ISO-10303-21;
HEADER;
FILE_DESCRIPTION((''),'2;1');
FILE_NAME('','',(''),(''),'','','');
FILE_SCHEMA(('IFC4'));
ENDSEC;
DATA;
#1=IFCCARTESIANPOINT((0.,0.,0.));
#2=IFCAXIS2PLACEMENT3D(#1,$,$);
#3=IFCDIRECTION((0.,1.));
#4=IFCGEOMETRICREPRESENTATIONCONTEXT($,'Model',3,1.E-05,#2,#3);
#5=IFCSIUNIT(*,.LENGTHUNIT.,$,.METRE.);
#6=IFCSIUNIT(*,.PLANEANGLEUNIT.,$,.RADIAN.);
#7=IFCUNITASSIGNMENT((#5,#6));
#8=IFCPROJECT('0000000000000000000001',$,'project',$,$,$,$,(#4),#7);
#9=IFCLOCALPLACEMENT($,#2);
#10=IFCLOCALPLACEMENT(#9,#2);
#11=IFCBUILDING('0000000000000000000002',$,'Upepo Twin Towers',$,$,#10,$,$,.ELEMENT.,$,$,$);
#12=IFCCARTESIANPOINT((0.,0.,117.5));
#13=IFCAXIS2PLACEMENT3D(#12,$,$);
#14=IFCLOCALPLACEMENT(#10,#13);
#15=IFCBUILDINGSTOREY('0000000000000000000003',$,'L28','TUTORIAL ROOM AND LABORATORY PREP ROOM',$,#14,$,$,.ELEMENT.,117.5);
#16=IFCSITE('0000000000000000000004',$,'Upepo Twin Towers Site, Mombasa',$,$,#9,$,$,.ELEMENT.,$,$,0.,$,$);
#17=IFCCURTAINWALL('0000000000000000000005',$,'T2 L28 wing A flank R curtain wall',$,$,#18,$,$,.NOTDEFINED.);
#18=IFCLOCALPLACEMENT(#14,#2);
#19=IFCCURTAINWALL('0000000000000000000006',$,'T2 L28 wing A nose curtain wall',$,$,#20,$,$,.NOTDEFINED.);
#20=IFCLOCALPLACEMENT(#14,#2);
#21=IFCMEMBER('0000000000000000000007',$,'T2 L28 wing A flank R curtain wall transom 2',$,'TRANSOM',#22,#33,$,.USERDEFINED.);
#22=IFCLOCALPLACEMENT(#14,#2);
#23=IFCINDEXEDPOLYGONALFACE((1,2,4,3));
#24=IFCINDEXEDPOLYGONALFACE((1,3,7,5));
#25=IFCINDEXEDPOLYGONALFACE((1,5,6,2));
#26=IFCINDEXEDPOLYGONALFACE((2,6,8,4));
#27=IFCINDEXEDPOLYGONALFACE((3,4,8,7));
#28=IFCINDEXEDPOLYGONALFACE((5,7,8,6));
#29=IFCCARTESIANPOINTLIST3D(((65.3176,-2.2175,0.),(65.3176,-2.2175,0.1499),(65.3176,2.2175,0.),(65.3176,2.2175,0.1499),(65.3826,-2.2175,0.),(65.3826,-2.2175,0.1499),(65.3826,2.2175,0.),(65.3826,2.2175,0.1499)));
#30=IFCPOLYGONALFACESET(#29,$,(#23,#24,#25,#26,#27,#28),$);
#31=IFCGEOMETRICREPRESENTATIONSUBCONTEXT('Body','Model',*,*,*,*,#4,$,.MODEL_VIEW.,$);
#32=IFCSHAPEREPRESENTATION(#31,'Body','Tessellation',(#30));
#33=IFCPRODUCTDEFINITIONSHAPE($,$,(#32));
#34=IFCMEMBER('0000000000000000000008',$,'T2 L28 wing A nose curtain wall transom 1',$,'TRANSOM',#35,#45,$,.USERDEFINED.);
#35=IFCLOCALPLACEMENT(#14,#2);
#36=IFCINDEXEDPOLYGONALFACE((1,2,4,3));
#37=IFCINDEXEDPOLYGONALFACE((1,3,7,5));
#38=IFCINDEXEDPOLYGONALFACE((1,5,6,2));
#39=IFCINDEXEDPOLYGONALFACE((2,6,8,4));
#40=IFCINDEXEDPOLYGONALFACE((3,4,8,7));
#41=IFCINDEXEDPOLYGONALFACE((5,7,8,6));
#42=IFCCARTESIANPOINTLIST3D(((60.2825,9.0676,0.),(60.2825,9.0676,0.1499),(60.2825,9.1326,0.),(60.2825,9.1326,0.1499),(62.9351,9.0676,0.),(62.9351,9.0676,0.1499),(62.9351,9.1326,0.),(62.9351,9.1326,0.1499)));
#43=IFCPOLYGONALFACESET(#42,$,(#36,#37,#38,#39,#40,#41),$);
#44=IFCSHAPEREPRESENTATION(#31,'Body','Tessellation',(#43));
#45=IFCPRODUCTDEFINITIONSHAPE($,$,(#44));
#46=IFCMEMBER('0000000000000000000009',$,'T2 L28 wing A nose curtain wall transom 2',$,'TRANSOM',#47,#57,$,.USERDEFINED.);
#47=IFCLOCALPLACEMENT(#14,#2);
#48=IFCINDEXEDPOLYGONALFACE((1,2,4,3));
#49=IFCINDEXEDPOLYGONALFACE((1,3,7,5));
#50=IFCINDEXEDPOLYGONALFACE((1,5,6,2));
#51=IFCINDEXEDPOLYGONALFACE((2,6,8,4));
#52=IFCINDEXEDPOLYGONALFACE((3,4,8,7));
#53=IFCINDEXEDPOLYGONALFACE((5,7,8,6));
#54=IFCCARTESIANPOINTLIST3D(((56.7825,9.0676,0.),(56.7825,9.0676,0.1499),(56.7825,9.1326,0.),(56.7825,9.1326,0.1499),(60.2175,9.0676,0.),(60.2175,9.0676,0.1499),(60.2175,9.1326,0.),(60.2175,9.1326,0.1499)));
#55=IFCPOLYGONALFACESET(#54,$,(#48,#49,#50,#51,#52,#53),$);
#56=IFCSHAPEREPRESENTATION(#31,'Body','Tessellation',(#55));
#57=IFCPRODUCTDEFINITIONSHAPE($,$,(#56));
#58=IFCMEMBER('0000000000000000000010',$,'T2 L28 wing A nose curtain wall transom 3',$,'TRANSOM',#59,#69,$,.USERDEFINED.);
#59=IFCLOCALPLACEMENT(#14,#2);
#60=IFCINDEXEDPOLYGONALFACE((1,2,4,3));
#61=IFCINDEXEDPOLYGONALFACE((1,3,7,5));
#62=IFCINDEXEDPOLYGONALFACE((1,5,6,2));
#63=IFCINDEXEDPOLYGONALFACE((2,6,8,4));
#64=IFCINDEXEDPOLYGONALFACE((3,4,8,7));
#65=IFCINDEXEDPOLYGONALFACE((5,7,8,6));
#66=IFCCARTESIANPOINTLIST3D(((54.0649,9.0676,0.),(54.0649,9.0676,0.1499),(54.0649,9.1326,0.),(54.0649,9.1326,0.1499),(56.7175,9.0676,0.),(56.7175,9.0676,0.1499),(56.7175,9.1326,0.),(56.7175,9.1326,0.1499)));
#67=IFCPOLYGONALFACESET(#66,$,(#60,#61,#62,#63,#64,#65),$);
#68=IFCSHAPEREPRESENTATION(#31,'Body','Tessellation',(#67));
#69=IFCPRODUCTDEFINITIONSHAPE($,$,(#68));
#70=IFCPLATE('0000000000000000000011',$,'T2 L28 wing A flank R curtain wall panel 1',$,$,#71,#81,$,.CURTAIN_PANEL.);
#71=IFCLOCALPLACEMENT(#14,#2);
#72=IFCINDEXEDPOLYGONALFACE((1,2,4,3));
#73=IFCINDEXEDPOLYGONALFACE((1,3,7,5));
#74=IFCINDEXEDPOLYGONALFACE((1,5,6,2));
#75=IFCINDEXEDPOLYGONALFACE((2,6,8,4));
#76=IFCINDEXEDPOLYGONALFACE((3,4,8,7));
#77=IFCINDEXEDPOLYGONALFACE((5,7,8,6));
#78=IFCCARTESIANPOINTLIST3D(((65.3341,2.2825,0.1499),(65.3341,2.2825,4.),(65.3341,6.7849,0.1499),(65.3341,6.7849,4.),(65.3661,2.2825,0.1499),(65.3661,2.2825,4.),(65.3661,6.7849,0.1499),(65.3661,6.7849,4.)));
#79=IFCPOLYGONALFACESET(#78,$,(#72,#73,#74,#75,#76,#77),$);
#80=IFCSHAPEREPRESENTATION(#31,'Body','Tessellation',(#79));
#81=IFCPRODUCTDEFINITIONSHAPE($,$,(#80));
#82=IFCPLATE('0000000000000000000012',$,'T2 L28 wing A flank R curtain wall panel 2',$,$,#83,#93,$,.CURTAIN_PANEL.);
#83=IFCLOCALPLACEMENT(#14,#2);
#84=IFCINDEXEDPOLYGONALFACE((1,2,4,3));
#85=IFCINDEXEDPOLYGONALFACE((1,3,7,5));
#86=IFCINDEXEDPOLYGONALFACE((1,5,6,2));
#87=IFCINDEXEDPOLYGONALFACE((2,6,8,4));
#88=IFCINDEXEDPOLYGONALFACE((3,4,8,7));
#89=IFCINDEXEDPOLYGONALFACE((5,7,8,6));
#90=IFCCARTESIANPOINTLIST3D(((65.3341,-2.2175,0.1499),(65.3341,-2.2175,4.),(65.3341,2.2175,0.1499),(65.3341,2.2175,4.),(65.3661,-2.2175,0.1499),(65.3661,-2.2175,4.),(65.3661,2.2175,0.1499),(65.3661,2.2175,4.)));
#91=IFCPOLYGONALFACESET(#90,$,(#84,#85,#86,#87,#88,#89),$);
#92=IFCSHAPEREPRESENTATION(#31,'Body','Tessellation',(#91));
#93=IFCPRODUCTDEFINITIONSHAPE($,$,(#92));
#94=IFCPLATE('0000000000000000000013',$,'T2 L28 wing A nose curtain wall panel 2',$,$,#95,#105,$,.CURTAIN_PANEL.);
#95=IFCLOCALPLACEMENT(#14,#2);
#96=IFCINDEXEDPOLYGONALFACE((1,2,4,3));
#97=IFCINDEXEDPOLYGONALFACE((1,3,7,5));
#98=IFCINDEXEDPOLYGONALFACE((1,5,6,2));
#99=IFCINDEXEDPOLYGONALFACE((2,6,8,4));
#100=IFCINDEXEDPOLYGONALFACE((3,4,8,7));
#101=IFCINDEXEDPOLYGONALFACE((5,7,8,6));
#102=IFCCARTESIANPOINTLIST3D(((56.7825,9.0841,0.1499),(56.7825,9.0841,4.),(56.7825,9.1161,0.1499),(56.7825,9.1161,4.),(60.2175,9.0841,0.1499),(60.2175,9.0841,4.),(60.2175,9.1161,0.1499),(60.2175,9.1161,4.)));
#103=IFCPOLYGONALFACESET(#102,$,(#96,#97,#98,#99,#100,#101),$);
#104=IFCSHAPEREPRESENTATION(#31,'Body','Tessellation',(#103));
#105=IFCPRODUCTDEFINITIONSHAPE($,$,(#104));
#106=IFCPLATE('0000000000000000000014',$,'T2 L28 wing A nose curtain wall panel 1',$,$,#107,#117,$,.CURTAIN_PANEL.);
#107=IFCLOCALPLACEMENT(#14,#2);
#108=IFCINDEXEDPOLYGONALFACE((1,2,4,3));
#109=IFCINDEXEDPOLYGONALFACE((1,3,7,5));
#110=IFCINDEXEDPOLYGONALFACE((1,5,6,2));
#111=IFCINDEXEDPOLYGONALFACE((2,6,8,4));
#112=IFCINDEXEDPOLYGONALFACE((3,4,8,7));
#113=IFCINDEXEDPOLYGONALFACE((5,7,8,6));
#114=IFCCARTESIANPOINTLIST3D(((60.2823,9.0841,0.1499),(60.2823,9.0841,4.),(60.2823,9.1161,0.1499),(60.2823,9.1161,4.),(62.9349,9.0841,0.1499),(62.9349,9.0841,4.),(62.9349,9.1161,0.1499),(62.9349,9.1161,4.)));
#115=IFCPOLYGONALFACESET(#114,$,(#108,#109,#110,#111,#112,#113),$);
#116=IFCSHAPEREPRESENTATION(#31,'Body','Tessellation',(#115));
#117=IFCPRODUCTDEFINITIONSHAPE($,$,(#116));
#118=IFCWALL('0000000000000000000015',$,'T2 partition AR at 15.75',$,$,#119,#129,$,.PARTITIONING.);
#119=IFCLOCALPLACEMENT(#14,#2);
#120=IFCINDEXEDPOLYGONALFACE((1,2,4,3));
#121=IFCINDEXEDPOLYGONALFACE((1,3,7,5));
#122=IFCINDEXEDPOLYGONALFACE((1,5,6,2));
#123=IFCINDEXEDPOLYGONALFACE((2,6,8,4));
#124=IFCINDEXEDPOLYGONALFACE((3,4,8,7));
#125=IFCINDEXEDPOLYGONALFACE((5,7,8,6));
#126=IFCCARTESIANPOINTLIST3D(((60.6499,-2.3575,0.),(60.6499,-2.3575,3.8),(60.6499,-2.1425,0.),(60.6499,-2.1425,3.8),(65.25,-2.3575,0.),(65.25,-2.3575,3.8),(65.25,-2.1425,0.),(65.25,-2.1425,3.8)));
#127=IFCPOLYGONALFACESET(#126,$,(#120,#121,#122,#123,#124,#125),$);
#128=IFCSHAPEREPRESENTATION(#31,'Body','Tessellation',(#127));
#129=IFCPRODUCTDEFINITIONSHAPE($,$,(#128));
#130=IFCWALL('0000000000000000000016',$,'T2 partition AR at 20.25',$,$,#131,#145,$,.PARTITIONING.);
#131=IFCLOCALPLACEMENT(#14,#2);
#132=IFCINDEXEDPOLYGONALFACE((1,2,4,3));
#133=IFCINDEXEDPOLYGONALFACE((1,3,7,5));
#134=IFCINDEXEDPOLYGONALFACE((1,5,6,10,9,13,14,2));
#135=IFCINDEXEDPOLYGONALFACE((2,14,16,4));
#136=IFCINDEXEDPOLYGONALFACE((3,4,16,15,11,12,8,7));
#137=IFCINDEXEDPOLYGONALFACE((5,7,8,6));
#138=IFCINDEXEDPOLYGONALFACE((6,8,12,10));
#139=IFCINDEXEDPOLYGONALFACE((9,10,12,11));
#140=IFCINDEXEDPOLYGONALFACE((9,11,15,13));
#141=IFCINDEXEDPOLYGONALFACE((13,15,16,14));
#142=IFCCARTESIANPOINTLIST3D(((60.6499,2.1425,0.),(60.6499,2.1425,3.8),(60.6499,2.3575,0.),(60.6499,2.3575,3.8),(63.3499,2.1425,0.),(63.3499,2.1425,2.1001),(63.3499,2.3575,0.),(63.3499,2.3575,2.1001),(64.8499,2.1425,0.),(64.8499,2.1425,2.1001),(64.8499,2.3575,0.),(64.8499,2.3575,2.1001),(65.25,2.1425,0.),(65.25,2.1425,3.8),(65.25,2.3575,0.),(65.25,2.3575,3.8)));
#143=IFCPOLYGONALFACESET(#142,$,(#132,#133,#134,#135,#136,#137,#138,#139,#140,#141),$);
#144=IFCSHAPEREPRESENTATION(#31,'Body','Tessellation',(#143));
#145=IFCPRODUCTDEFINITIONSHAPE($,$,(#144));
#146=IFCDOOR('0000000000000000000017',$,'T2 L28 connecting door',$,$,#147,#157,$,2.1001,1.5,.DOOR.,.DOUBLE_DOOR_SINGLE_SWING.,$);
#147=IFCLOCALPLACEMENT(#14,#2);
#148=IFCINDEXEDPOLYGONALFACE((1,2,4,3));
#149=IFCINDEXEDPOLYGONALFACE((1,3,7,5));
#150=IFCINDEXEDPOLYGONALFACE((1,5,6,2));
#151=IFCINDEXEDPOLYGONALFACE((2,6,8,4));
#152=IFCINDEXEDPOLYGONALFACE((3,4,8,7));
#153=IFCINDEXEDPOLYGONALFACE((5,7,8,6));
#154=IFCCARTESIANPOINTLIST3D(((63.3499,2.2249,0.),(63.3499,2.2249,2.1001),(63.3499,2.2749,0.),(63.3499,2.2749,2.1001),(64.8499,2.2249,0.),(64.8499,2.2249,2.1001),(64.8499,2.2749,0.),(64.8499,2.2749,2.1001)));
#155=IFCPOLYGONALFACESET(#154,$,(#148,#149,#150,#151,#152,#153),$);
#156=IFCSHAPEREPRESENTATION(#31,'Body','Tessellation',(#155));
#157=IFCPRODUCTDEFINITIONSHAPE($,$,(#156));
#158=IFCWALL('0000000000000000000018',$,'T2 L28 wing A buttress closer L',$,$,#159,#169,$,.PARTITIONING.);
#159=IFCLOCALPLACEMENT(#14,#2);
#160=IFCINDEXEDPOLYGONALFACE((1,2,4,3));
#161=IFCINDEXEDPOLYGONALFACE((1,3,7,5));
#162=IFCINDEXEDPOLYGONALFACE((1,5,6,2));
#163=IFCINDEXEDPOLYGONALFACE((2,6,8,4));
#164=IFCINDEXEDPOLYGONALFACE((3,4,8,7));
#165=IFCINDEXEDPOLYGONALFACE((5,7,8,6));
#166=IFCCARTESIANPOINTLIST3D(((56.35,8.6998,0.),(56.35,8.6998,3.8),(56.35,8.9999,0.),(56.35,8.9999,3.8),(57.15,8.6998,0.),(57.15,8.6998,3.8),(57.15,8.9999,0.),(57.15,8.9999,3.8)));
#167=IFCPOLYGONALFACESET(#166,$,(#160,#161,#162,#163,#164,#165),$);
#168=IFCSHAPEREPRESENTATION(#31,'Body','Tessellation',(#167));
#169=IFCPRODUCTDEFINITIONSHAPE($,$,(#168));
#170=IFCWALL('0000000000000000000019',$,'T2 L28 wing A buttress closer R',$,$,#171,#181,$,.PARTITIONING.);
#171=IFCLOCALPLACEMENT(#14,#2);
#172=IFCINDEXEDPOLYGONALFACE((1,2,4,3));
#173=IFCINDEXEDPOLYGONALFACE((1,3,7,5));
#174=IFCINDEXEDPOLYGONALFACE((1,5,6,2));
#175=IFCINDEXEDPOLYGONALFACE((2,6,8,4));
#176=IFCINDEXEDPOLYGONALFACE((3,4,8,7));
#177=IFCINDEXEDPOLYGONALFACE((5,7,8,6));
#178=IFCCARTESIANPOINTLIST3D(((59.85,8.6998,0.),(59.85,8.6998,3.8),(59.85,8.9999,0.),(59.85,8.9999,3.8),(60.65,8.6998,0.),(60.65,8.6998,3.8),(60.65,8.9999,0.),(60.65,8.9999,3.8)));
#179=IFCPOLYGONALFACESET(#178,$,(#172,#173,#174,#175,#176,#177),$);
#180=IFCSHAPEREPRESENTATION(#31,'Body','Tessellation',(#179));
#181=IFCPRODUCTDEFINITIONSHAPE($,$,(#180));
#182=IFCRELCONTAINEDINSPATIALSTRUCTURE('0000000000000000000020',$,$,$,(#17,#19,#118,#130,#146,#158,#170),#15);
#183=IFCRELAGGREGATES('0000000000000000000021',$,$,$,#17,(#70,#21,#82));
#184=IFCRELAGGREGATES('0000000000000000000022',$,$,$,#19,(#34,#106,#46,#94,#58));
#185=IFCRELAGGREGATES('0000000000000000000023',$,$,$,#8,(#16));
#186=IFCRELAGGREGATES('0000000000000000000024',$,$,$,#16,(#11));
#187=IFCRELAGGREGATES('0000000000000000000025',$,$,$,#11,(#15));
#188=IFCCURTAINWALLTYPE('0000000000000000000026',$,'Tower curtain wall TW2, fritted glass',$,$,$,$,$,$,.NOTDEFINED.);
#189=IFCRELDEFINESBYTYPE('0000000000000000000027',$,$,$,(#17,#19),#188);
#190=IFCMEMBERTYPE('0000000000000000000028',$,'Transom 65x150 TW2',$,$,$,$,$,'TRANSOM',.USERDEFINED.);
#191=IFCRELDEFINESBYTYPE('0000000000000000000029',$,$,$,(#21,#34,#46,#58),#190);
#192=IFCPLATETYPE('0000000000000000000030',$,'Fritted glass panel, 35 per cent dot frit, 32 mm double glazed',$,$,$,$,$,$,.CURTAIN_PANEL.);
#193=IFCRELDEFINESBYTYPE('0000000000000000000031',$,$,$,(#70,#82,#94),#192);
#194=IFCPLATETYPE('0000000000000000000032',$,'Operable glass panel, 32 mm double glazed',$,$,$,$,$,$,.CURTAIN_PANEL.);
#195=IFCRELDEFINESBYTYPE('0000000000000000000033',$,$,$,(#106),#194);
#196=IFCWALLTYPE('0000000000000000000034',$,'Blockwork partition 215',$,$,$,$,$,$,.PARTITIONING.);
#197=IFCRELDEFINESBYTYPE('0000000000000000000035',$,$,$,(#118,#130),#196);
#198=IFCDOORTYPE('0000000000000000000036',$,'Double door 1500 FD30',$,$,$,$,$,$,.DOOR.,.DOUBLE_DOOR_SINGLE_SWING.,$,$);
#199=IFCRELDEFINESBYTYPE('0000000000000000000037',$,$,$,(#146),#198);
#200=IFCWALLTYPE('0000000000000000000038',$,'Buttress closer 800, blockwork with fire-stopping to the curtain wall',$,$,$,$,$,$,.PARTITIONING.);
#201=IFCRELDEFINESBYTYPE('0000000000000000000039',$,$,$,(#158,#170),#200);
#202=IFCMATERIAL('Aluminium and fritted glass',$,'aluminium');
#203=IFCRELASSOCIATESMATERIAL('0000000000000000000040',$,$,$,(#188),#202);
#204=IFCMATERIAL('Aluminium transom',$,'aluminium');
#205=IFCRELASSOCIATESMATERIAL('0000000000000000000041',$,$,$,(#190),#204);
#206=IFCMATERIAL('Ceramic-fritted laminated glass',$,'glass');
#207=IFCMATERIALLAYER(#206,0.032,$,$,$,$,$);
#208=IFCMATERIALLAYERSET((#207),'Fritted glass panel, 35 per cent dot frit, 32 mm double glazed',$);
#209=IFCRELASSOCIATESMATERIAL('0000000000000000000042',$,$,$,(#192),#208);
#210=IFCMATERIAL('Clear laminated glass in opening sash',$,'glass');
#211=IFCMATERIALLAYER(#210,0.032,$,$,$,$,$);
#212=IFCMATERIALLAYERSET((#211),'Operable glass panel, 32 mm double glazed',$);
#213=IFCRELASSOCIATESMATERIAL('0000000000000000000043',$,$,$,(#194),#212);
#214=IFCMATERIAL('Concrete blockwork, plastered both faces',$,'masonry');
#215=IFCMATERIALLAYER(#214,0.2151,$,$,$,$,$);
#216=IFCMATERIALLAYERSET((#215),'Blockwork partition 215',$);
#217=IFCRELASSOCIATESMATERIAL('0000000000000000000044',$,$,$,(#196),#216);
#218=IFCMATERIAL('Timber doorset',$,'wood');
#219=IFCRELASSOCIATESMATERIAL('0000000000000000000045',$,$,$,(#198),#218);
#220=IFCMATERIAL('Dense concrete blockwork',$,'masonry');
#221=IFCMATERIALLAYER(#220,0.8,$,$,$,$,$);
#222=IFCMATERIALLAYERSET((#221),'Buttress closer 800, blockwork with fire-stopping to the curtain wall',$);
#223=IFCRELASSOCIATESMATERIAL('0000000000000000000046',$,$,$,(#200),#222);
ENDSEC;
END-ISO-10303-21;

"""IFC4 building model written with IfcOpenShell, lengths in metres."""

from ifc_helpers import new_model, si_unit, direction, frame, frame_2d, origin, origin_2d, place, context, subcontext, project, spatial, rectangle, extrude, material, layer, layer_set, material_profile, profile_set, type_object, element, fill, aggregate, save


model = new_model("IFC4")

# Units and contexts
model_context = context("Model", 3, precision=1e-05, world=origin(), true_north=direction((0.0, 1.0)))
body_context = subcontext(model_context, "Body", "Model", "MODEL_VIEW")
ifc_project = project(units=[si_unit("LENGTHUNIT", "METRE"), si_unit("PLANEANGLEUNIT", "RADIAN")], contexts=[model_context])

# Site, building, storey
site_placement = place(None, origin())
site = spatial("IfcSite", under=ifc_project, at=site_placement, Name="Upepo Twin Towers Site, Mombasa", CompositionType="ELEMENT", RefElevation=0.0)
building_placement = place(site_placement, origin())
building = spatial("IfcBuilding", under=site, at=building_placement, Name="Upepo Twin Towers", CompositionType="ELEMENT")
storey_placement = place(building_placement, frame((0.0, 0.0, 117.5)))
storey = spatial("IfcBuildingStorey", under=building, at=storey_placement, Name="L28", Description="TUTORIAL ROOM AND LABORATORY PREP ROOM", CompositionType="ELEMENT", Elevation=117.5)

# Curtain walls
ifc_material_1 = material(Name="Aluminium and fritted glass", Category="aluminium")
curtain_wall_type = type_object("IfcCurtainWallType", Name="Tower curtain wall TW2, fritted glass", PredefinedType="NOTDEFINED", material=ifc_material_1)
curtain_wall_1_placement = place(storey_placement, origin())
curtain_wall_1 = element("IfcCurtainWall", 1, at=curtain_wall_1_placement, inside=storey, type_object=curtain_wall_type, Name="T2 L28 wing A flank R curtain wall", PredefinedType="NOTDEFINED")
curtain_wall_2_placement = place(storey_placement, origin())
curtain_wall_2 = element("IfcCurtainWall", 2, at=curtain_wall_2_placement, inside=storey, type_object=curtain_wall_type, Name="T2 L28 wing A nose curtain wall", PredefinedType="NOTDEFINED")

# Members
ifc_material_2 = material(Name="Aluminium transom", Category="aluminium")
ifc_material_profile_1 = material_profile(ifc_material_2, rectangle(XDim=0.0649, YDim=0.1499, at=origin_2d()), Name="TRANSOM 65x150")
ifc_profile_set_1 = profile_set([ifc_material_profile_1], Name="Aluminium transom")
member_type_1 = type_object("IfcMemberType", Name="Transom 65x150 TW2", ElementType="TRANSOM", PredefinedType="USERDEFINED", material=ifc_profile_set_1)
member_1_placement = place(storey_placement, frame((65.3501, 2.2175, 0.075), z_axis=(0.0, -1.0, 0.0), x_axis=(1.0, 0.0, 0.0)))
member_1 = element("IfcMember", 3, at=member_1_placement, type_object=member_type_1, Name="T2 L28 wing A flank R curtain wall transom 2", ObjectType="TRANSOM", PredefinedType="USERDEFINED", context=body_context, shape_type="SweptSolid", body=[
    extrude(rectangle(XDim=0.0649, YDim=0.1499, at=origin_2d()), origin(), (0.0, 0.0, 1.0), 4.4351),
])
member_2_placement = place(storey_placement, frame((62.9351, 9.1001, 0.075), z_axis=(-1.0, 0.0, 0.0), x_axis=(0.0, -1.0, 0.0)))
member_2 = element("IfcMember", 4, at=member_2_placement, type_object=member_type_1, Name="T2 L28 wing A nose curtain wall transom 1", ObjectType="TRANSOM", PredefinedType="USERDEFINED", context=body_context, shape_type="SweptSolid", body=[
    extrude(rectangle(XDim=0.0649, YDim=0.1499, at=origin_2d()), origin(), (0.0, 0.0, 1.0), 2.6526),
])
member_3_placement = place(storey_placement, frame((60.2175, 9.1001, 0.075), z_axis=(-1.0, 0.0, 0.0), x_axis=(0.0, -1.0, 0.0)))
member_3 = element("IfcMember", 5, at=member_3_placement, type_object=member_type_1, Name="T2 L28 wing A nose curtain wall transom 2", ObjectType="TRANSOM", PredefinedType="USERDEFINED", context=body_context, shape_type="SweptSolid", body=[
    extrude(rectangle(XDim=0.0649, YDim=0.1499, at=origin_2d()), origin(), (0.0, 0.0, 1.0), 3.4351),
])
member_4_placement = place(storey_placement, frame((56.7175, 9.1001, 0.075), z_axis=(-1.0, 0.0, 0.0), x_axis=(0.0, -1.0, 0.0)))
member_4 = element("IfcMember", 6, at=member_4_placement, type_object=member_type_1, Name="T2 L28 wing A nose curtain wall transom 3", ObjectType="TRANSOM", PredefinedType="USERDEFINED", context=body_context, shape_type="SweptSolid", body=[
    extrude(rectangle(XDim=0.0649, YDim=0.1499, at=origin_2d()), origin(), (0.0, 0.0, 1.0), 2.6526),
])

# Plates
ifc_material_3 = material(Name="Ceramic-fritted laminated glass", Category="glass")
ifc_layer_1 = layer(ifc_material_3, 0.032)
ifc_layer_set_1 = layer_set([ifc_layer_1], Name="Fritted glass panel, 35 per cent dot frit, 32 mm double glazed")
plate_type_1 = type_object("IfcPlateType", Name="Fritted glass panel, 35 per cent dot frit, 32 mm double glazed", PredefinedType="CURTAIN_PANEL", material=ifc_layer_set_1)
plate_1_placement = place(storey_placement, frame((65.3501, 4.5337, 0.1499), z_axis=(0.0, 0.0, 1.0), x_axis=(0.0, -1.0, 0.0)))
plate_1 = element("IfcPlate", 7, at=plate_1_placement, type_object=plate_type_1, Name="T2 L28 wing A flank R curtain wall panel 1", PredefinedType="CURTAIN_PANEL", context=body_context, shape_type="SweptSolid", body=[
    extrude(rectangle(XDim=4.5024, YDim=0.032, at=origin_2d()), origin(), (0.0, 0.0, 1.0), 3.8501),
])
plate_2_placement = place(storey_placement, frame((65.3501, 0.0, 0.1499), z_axis=(0.0, 0.0, 1.0), x_axis=(0.0, -1.0, 0.0)))
plate_2 = element("IfcPlate", 8, at=plate_2_placement, type_object=plate_type_1, Name="T2 L28 wing A flank R curtain wall panel 2", PredefinedType="CURTAIN_PANEL", context=body_context, shape_type="SweptSolid", body=[
    extrude(rectangle(XDim=4.4351, YDim=0.032, at=origin_2d()), origin(), (0.0, 0.0, 1.0), 3.8501),
])
aggregate(curtain_wall_1, [plate_1, member_1, plate_2])
plate_3_placement = place(storey_placement, frame((58.5, 9.1001, 0.1499), z_axis=(0.0, 0.0, 1.0), x_axis=(-1.0, 0.0, 0.0)))
plate_3 = element("IfcPlate", 9, at=plate_3_placement, type_object=plate_type_1, Name="T2 L28 wing A nose curtain wall panel 2", PredefinedType="CURTAIN_PANEL", context=body_context, shape_type="SweptSolid", body=[
    extrude(rectangle(XDim=3.4351, YDim=0.032, at=origin_2d()), origin(), (0.0, 0.0, 1.0), 3.8501),
])
ifc_material_4 = material(Name="Clear laminated glass in opening sash", Category="glass")
ifc_layer_2 = layer(ifc_material_4, 0.032)
ifc_layer_set_2 = layer_set([ifc_layer_2], Name="Operable glass panel, 32 mm double glazed")
plate_type_2 = type_object("IfcPlateType", Name="Operable glass panel, 32 mm double glazed", PredefinedType="CURTAIN_PANEL", material=ifc_layer_set_2)
plate_4_placement = place(storey_placement, frame((61.6086, 9.1001, 0.1499), z_axis=(0.0, 0.0, 1.0), x_axis=(-1.0, 0.0, 0.0)))
plate_4 = element("IfcPlate", 10, at=plate_4_placement, type_object=plate_type_2, Name="T2 L28 wing A nose curtain wall panel 1", PredefinedType="CURTAIN_PANEL", context=body_context, shape_type="SweptSolid", body=[
    extrude(rectangle(XDim=2.6526, YDim=0.032, at=origin_2d()), origin(), (0.0, 0.0, 1.0), 3.8501),
])
aggregate(curtain_wall_2, [member_2, plate_4, member_3, plate_3, member_4])

# Wall
ifc_material_5 = material(Name="Concrete blockwork, plastered both faces", Category="masonry")
ifc_layer_3 = layer(ifc_material_5, 0.2151)
ifc_layer_set_3 = layer_set([ifc_layer_3], Name="Blockwork partition 215")
wall_type_1 = type_object("IfcWallType", Name="Blockwork partition 215", PredefinedType="PARTITIONING", material=ifc_layer_set_3)
wall_1_placement = place(storey_placement, frame((60.6499, -2.25, 0.0), z_axis=(0.0, 0.0, 1.0), x_axis=(1.0, 0.0, 0.0)))
element("IfcWall", 11, at=wall_1_placement, inside=storey, type_object=wall_type_1, Name="T2 partition AR at 15.75", PredefinedType="PARTITIONING", context=body_context, shape_type="SweptSolid", body=[
    extrude(rectangle(XDim=4.6001, YDim=0.2151, at=frame_2d((2.3, 0.0))), origin(), (0.0, 0.0, 1.0), 3.8),
])

# Wall, opening, door
wall_2_placement = place(storey_placement, frame((60.6499, 2.25, 0.0), z_axis=(0.0, 0.0, 1.0), x_axis=(1.0, 0.0, 0.0)))
wall_2 = element("IfcWall", 12, at=wall_2_placement, inside=storey, type_object=wall_type_1, Name="T2 partition AR at 20.25", PredefinedType="PARTITIONING", context=body_context, shape_type="SweptSolid", body=[
    extrude(rectangle(XDim=4.6001, YDim=0.2151, at=frame_2d((2.3, 0.0))), origin(), (0.0, 0.0, 1.0), 3.8),
])
opening_1_placement = place(wall_2_placement, frame((2.7, 0.0, 0.0)))
opening_1 = element("IfcOpeningElement", 13, at=opening_1_placement, cuts=wall_2, PredefinedType="OPENING", context=body_context, shape_type="SweptSolid", body=[
    extrude(rectangle(XDim=1.5, YDim=2.1001, at=frame_2d((0.75, 1.05))), frame((0.0, 0.1174, 0.0), z_axis=(0.0, -1.0, 0.0), x_axis=(1.0, 0.0, 0.0)), (0.0, 0.0, 1.0), 0.2351),
])
ifc_material_6 = material(Name="Timber doorset", Category="wood")
door_type_1 = type_object("IfcDoorType", Name="Double door 1500 FD30", OperationType="DOUBLE_DOOR_SINGLE_SWING", PredefinedType="DOOR", material=ifc_material_6)
door_1_placement = place(opening_1_placement, origin())
door_1 = element("IfcDoor", 14, at=door_1_placement, inside=storey, type_object=door_type_1, Name="T2 L28 connecting door", OperationType="DOUBLE_DOOR_SINGLE_SWING", OverallHeight=2.1001, OverallWidth=1.5, PredefinedType="DOOR", context=body_context, shape_type="SweptSolid", body=[
    extrude(rectangle(XDim=1.5, YDim=2.1001, at=frame_2d((0.75, 1.05))), frame((0.0, 0.0249, 0.0), z_axis=(0.0, -1.0, 0.0), x_axis=(1.0, 0.0, 0.0)), (0.0, 0.0, 1.0), 0.05),
])
fill(opening_1, door_1)

# Walls
ifc_material_7 = material(Name="Dense concrete blockwork", Category="masonry")
ifc_layer_4 = layer(ifc_material_7, 0.8)
ifc_layer_set_4 = layer_set([ifc_layer_4], Name="Buttress closer 800, blockwork with fire-stopping to the curtain wall")
wall_type_2 = type_object("IfcWallType", Name="Buttress closer 800, blockwork with fire-stopping to the curtain wall", PredefinedType="PARTITIONING", material=ifc_layer_set_4)
for number, where, z_axis, x_axis, name in (
    (15, (56.75, 8.7, 0.0), (0.0, 0.0, 1.0), (0.0, 1.0, 0.0), "T2 L28 wing A buttress closer L"),
    (16, (60.25, 8.7, 0.0), (0.0, 0.0, 1.0), (0.0, 1.0, 0.0), "T2 L28 wing A buttress closer R"),
):
    element("IfcWall", number, at=place(storey_placement, frame(where, z_axis=z_axis, x_axis=x_axis)), inside=storey, type_object=wall_type_2, Name=name, PredefinedType="PARTITIONING", context=body_context, shape_type="SweptSolid", body=[
        extrude(rectangle(XDim=0.3, YDim=0.8, at=frame_2d((0.1499, 0.0))), origin(), (0.0, 0.0, 1.0), 3.8),
    ])

save(model, "model.ifc")
